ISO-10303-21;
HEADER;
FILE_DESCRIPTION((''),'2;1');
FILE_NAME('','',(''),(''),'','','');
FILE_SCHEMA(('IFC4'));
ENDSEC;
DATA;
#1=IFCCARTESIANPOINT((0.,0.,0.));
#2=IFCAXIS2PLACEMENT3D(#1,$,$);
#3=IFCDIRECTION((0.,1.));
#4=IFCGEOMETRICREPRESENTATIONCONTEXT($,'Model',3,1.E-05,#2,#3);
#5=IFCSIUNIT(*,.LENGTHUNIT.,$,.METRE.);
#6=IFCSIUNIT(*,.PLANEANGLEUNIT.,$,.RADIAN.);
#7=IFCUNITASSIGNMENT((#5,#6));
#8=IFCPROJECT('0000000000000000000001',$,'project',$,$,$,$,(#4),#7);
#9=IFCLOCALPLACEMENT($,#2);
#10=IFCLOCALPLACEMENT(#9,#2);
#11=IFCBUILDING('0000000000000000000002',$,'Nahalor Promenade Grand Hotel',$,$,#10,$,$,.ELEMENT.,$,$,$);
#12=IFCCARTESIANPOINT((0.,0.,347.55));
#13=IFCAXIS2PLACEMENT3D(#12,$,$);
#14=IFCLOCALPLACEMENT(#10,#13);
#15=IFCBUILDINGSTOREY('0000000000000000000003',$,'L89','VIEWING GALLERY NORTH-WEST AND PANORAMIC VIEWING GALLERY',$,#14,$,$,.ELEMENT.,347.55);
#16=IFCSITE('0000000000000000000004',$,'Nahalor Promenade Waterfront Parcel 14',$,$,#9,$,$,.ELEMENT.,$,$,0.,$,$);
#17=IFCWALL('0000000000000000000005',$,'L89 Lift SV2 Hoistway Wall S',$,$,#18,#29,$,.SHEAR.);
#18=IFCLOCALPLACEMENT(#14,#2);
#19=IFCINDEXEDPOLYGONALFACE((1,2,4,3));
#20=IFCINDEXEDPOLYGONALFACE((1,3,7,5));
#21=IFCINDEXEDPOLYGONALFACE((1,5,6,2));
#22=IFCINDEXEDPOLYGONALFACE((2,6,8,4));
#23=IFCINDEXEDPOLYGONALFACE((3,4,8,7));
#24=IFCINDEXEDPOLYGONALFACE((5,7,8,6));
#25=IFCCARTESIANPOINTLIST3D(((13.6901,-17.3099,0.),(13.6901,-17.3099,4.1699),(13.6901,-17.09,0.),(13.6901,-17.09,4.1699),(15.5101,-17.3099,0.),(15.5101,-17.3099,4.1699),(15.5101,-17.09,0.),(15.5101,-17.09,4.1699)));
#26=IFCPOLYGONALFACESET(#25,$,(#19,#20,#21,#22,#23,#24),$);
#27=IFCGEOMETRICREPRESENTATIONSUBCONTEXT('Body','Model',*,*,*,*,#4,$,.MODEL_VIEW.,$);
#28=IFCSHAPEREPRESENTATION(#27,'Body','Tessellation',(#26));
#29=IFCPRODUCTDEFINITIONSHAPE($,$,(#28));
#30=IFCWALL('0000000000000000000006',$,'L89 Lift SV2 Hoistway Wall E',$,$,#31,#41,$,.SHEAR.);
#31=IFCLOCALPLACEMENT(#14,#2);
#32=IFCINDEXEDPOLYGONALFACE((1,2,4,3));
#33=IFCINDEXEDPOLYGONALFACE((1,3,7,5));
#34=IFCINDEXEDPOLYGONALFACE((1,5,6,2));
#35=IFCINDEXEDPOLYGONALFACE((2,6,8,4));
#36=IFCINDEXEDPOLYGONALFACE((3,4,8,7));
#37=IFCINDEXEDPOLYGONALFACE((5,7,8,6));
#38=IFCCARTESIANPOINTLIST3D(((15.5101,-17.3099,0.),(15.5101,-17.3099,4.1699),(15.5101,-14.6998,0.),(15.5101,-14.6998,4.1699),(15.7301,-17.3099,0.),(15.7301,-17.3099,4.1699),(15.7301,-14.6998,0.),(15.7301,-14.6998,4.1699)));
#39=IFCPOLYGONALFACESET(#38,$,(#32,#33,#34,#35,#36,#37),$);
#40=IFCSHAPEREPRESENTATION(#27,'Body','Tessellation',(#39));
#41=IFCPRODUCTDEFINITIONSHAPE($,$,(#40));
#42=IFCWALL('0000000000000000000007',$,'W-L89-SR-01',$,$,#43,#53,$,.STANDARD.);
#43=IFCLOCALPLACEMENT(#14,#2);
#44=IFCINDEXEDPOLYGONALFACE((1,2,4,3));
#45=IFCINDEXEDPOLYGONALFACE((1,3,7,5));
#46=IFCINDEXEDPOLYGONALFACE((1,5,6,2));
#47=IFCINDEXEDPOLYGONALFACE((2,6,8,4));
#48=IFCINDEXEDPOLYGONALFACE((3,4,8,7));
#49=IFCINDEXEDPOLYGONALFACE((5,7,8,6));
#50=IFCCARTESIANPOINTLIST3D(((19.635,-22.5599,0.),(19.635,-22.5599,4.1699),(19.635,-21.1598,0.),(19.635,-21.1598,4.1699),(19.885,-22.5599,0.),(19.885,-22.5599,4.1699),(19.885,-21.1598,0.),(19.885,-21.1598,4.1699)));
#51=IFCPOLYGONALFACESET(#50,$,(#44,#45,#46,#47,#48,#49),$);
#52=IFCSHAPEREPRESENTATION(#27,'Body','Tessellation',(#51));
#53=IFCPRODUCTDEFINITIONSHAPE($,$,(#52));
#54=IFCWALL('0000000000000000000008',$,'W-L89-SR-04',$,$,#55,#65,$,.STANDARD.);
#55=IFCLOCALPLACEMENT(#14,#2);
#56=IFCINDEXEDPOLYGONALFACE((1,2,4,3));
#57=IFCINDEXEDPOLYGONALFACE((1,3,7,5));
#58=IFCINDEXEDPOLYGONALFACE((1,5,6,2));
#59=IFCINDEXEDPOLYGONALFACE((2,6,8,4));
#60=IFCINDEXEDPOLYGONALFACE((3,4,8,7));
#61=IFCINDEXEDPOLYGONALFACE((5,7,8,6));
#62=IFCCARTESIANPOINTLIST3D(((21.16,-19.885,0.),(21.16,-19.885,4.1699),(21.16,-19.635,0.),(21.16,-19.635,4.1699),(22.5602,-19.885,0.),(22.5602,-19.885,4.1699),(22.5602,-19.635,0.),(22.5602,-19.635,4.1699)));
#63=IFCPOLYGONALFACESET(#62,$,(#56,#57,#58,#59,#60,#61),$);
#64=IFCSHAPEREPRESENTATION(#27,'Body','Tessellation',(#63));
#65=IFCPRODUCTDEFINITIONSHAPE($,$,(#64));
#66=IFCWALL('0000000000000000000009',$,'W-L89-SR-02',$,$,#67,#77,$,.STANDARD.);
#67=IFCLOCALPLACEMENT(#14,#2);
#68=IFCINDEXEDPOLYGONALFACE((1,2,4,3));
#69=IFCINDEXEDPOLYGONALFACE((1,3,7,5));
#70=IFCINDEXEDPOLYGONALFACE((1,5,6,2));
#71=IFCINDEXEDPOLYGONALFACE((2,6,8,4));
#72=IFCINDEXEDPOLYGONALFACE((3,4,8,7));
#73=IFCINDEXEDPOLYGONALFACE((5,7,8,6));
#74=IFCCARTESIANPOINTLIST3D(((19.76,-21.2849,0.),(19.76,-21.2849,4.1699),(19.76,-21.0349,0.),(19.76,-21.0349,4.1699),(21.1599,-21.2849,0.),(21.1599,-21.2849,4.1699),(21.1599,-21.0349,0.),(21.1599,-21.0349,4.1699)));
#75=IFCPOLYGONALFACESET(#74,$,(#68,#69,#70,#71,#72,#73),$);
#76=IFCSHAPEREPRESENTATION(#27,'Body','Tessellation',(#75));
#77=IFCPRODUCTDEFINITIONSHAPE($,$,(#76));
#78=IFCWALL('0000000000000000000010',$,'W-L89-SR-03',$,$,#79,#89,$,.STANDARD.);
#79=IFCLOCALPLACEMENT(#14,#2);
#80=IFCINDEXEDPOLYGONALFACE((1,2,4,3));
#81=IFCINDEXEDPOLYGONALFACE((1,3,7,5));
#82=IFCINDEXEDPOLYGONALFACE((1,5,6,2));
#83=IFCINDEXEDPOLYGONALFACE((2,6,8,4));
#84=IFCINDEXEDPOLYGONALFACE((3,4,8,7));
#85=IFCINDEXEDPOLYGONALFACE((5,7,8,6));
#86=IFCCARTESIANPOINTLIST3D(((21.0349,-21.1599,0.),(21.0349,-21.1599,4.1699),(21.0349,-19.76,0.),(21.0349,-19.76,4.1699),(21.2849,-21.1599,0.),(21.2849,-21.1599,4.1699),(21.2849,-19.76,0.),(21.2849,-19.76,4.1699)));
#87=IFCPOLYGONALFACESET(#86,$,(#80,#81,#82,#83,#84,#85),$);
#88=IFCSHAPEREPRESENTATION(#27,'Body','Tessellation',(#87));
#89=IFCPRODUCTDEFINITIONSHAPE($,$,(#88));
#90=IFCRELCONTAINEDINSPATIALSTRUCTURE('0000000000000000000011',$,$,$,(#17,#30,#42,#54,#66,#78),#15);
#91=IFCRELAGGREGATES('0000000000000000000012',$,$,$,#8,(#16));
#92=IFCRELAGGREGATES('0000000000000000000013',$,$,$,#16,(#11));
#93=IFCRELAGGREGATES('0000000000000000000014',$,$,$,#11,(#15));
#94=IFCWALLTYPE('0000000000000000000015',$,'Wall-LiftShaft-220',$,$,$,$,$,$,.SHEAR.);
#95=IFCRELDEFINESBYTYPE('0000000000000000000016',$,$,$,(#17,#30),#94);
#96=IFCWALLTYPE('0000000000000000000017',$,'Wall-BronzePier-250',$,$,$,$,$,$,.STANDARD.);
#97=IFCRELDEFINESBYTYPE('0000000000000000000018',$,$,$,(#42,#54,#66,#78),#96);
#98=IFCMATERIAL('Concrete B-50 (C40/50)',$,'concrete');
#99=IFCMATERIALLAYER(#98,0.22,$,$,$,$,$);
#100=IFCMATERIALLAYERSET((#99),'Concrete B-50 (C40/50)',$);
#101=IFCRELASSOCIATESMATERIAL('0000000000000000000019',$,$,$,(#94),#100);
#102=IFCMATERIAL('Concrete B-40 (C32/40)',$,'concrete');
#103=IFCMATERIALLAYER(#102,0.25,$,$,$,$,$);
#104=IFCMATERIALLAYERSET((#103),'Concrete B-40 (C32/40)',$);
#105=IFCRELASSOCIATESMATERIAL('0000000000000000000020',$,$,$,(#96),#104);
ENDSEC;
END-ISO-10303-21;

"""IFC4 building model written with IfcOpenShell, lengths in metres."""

from ifc_helpers import new_model, si_unit, direction, frame, frame_2d, origin, place, context, subcontext, project, spatial, rectangle, extrude, source, transform, mapped, material, layer, layer_set, type_object, element, save


model = new_model("IFC4")

# Units and contexts
model_context = context("Model", 3, precision=1e-05, world=origin(), true_north=direction((0.0, 1.0)))
body_context = subcontext(model_context, "Body", "Model", "MODEL_VIEW")
ifc_project = project(units=[si_unit("LENGTHUNIT", "METRE"), si_unit("PLANEANGLEUNIT", "RADIAN")], contexts=[model_context])

# Site, building, storey
site_placement = place(None, origin())
site = spatial("IfcSite", under=ifc_project, at=site_placement, Name="Nahalor Promenade Waterfront Parcel 14", CompositionType="ELEMENT", RefElevation=0.0)
building_placement = place(site_placement, origin())
building = spatial("IfcBuilding", under=site, at=building_placement, Name="Nahalor Promenade Grand Hotel", CompositionType="ELEMENT")
storey_placement = place(building_placement, frame((0.0, 0.0, 347.55)))
storey = spatial("IfcBuildingStorey", under=building, at=storey_placement, Name="L89", Description="VIEWING GALLERY NORTH-WEST AND PANORAMIC VIEWING GALLERY", CompositionType="ELEMENT", Elevation=347.55)

# Shared definitions
ifc_material_1 = material(Name="Concrete B-50 (C40/50)", Category="concrete")

# Walls
ifc_layer_1 = layer(ifc_material_1, 0.22)
ifc_layer_set_1 = layer_set([ifc_layer_1], Name="Concrete B-50 (C40/50)")
wall_type_1 = type_object("IfcWallType", Name="Wall-LiftShaft-220", PredefinedType="SHEAR", material=ifc_layer_set_1)
shared_shape_1 = source(origin(), body_context, "Body", "SweptSolid", [
    extrude(rectangle(XDim=1.8201, YDim=0.22, at=frame_2d((0.9102, 0.0))), origin(), (0.0, 0.0, 1.0), 4.1699),
])
wall_1_placement = place(storey_placement, frame((13.6899, -17.2, 0.0), z_axis=(0.0, 0.0, 1.0), x_axis=(1.0, 0.0, 0.0)))
element("IfcWall", 1, at=wall_1_placement, inside=storey, type_object=wall_type_1, Name="L89 Lift SV2 Hoistway Wall S", PredefinedType="SHEAR", context=body_context, shape_type="MappedRepresentation", body=[
    mapped(shared_shape_1, transform((0.0, 0.0, 0.0), scale=1.0)),
])
shared_shape_2 = source(origin(), body_context, "Body", "SweptSolid", [
    extrude(rectangle(XDim=2.6101, YDim=0.22, at=frame_2d((1.3052, 0.0))), origin(), (0.0, 0.0, 1.0), 4.1699),
])
wall_2_placement = place(storey_placement, frame((15.6201, -17.3101, 0.0), z_axis=(0.0, 0.0, 1.0), x_axis=(0.0, 1.0, 0.0)))
element("IfcWall", 2, at=wall_2_placement, inside=storey, type_object=wall_type_1, Name="L89 Lift SV2 Hoistway Wall E", PredefinedType="SHEAR", context=body_context, shape_type="MappedRepresentation", body=[
    mapped(shared_shape_2, transform((0.0, 0.0, 0.0), scale=1.0)),
])
ifc_material_2 = material(Name="Concrete B-40 (C32/40)", Category="concrete")
ifc_layer_2 = layer(ifc_material_2, 0.25)
ifc_layer_set_2 = layer_set([ifc_layer_2], Name="Concrete B-40 (C32/40)")
wall_type_2 = type_object("IfcWallType", Name="Wall-BronzePier-250", PredefinedType="STANDARD", material=ifc_layer_set_2)
shared_shape_3 = source(origin(), body_context, "Body", "SweptSolid", [
    extrude(rectangle(XDim=1.4001, YDim=0.25, at=frame_2d((0.7002, 0.0))), origin(), (0.0, 0.0, 1.0), 4.1699),
])
for number, where, z_axis, x_axis, name in (
    (3, (19.76, -22.5601, 0.0), (0.0, 0.0, 1.0), (0.0, 1.0, 0.0), "W-L89-SR-01"),
    (4, (21.1599, -19.76, 0.0), (0.0, 0.0, 1.0), (1.0, 0.0, 0.0), "W-L89-SR-04"),
):
    element("IfcWall", number, at=place(storey_placement, frame(where, z_axis=z_axis, x_axis=x_axis)), inside=storey, type_object=wall_type_2, Name=name, PredefinedType="STANDARD", context=body_context, shape_type="MappedRepresentation", body=[
        mapped(shared_shape_3, transform((0.0, 0.0, 0.0), scale=1.0)),
    ])
shared_shape_4 = source(origin(), body_context, "Body", "SweptSolid", [
    extrude(rectangle(XDim=1.3999, YDim=0.25, at=frame_2d((0.7, 0.0))), origin(), (0.0, 0.0, 1.0), 4.1699),
])
for number, where, z_axis, x_axis, name in (
    (5, (19.76, -21.1599, 0.0), (0.0, 0.0, 1.0), (1.0, 0.0, 0.0), "W-L89-SR-02"),
    (6, (21.1599, -21.1599, 0.0), (0.0, 0.0, 1.0), (0.0, 1.0, 0.0), "W-L89-SR-03"),
):
    element("IfcWall", number, at=place(storey_placement, frame(where, z_axis=z_axis, x_axis=x_axis)), inside=storey, type_object=wall_type_2, Name=name, PredefinedType="STANDARD", context=body_context, shape_type="MappedRepresentation", body=[
        mapped(shared_shape_4, transform((0.0, 0.0, 0.0), scale=1.0)),
    ])

save(model, "model.ifc")
